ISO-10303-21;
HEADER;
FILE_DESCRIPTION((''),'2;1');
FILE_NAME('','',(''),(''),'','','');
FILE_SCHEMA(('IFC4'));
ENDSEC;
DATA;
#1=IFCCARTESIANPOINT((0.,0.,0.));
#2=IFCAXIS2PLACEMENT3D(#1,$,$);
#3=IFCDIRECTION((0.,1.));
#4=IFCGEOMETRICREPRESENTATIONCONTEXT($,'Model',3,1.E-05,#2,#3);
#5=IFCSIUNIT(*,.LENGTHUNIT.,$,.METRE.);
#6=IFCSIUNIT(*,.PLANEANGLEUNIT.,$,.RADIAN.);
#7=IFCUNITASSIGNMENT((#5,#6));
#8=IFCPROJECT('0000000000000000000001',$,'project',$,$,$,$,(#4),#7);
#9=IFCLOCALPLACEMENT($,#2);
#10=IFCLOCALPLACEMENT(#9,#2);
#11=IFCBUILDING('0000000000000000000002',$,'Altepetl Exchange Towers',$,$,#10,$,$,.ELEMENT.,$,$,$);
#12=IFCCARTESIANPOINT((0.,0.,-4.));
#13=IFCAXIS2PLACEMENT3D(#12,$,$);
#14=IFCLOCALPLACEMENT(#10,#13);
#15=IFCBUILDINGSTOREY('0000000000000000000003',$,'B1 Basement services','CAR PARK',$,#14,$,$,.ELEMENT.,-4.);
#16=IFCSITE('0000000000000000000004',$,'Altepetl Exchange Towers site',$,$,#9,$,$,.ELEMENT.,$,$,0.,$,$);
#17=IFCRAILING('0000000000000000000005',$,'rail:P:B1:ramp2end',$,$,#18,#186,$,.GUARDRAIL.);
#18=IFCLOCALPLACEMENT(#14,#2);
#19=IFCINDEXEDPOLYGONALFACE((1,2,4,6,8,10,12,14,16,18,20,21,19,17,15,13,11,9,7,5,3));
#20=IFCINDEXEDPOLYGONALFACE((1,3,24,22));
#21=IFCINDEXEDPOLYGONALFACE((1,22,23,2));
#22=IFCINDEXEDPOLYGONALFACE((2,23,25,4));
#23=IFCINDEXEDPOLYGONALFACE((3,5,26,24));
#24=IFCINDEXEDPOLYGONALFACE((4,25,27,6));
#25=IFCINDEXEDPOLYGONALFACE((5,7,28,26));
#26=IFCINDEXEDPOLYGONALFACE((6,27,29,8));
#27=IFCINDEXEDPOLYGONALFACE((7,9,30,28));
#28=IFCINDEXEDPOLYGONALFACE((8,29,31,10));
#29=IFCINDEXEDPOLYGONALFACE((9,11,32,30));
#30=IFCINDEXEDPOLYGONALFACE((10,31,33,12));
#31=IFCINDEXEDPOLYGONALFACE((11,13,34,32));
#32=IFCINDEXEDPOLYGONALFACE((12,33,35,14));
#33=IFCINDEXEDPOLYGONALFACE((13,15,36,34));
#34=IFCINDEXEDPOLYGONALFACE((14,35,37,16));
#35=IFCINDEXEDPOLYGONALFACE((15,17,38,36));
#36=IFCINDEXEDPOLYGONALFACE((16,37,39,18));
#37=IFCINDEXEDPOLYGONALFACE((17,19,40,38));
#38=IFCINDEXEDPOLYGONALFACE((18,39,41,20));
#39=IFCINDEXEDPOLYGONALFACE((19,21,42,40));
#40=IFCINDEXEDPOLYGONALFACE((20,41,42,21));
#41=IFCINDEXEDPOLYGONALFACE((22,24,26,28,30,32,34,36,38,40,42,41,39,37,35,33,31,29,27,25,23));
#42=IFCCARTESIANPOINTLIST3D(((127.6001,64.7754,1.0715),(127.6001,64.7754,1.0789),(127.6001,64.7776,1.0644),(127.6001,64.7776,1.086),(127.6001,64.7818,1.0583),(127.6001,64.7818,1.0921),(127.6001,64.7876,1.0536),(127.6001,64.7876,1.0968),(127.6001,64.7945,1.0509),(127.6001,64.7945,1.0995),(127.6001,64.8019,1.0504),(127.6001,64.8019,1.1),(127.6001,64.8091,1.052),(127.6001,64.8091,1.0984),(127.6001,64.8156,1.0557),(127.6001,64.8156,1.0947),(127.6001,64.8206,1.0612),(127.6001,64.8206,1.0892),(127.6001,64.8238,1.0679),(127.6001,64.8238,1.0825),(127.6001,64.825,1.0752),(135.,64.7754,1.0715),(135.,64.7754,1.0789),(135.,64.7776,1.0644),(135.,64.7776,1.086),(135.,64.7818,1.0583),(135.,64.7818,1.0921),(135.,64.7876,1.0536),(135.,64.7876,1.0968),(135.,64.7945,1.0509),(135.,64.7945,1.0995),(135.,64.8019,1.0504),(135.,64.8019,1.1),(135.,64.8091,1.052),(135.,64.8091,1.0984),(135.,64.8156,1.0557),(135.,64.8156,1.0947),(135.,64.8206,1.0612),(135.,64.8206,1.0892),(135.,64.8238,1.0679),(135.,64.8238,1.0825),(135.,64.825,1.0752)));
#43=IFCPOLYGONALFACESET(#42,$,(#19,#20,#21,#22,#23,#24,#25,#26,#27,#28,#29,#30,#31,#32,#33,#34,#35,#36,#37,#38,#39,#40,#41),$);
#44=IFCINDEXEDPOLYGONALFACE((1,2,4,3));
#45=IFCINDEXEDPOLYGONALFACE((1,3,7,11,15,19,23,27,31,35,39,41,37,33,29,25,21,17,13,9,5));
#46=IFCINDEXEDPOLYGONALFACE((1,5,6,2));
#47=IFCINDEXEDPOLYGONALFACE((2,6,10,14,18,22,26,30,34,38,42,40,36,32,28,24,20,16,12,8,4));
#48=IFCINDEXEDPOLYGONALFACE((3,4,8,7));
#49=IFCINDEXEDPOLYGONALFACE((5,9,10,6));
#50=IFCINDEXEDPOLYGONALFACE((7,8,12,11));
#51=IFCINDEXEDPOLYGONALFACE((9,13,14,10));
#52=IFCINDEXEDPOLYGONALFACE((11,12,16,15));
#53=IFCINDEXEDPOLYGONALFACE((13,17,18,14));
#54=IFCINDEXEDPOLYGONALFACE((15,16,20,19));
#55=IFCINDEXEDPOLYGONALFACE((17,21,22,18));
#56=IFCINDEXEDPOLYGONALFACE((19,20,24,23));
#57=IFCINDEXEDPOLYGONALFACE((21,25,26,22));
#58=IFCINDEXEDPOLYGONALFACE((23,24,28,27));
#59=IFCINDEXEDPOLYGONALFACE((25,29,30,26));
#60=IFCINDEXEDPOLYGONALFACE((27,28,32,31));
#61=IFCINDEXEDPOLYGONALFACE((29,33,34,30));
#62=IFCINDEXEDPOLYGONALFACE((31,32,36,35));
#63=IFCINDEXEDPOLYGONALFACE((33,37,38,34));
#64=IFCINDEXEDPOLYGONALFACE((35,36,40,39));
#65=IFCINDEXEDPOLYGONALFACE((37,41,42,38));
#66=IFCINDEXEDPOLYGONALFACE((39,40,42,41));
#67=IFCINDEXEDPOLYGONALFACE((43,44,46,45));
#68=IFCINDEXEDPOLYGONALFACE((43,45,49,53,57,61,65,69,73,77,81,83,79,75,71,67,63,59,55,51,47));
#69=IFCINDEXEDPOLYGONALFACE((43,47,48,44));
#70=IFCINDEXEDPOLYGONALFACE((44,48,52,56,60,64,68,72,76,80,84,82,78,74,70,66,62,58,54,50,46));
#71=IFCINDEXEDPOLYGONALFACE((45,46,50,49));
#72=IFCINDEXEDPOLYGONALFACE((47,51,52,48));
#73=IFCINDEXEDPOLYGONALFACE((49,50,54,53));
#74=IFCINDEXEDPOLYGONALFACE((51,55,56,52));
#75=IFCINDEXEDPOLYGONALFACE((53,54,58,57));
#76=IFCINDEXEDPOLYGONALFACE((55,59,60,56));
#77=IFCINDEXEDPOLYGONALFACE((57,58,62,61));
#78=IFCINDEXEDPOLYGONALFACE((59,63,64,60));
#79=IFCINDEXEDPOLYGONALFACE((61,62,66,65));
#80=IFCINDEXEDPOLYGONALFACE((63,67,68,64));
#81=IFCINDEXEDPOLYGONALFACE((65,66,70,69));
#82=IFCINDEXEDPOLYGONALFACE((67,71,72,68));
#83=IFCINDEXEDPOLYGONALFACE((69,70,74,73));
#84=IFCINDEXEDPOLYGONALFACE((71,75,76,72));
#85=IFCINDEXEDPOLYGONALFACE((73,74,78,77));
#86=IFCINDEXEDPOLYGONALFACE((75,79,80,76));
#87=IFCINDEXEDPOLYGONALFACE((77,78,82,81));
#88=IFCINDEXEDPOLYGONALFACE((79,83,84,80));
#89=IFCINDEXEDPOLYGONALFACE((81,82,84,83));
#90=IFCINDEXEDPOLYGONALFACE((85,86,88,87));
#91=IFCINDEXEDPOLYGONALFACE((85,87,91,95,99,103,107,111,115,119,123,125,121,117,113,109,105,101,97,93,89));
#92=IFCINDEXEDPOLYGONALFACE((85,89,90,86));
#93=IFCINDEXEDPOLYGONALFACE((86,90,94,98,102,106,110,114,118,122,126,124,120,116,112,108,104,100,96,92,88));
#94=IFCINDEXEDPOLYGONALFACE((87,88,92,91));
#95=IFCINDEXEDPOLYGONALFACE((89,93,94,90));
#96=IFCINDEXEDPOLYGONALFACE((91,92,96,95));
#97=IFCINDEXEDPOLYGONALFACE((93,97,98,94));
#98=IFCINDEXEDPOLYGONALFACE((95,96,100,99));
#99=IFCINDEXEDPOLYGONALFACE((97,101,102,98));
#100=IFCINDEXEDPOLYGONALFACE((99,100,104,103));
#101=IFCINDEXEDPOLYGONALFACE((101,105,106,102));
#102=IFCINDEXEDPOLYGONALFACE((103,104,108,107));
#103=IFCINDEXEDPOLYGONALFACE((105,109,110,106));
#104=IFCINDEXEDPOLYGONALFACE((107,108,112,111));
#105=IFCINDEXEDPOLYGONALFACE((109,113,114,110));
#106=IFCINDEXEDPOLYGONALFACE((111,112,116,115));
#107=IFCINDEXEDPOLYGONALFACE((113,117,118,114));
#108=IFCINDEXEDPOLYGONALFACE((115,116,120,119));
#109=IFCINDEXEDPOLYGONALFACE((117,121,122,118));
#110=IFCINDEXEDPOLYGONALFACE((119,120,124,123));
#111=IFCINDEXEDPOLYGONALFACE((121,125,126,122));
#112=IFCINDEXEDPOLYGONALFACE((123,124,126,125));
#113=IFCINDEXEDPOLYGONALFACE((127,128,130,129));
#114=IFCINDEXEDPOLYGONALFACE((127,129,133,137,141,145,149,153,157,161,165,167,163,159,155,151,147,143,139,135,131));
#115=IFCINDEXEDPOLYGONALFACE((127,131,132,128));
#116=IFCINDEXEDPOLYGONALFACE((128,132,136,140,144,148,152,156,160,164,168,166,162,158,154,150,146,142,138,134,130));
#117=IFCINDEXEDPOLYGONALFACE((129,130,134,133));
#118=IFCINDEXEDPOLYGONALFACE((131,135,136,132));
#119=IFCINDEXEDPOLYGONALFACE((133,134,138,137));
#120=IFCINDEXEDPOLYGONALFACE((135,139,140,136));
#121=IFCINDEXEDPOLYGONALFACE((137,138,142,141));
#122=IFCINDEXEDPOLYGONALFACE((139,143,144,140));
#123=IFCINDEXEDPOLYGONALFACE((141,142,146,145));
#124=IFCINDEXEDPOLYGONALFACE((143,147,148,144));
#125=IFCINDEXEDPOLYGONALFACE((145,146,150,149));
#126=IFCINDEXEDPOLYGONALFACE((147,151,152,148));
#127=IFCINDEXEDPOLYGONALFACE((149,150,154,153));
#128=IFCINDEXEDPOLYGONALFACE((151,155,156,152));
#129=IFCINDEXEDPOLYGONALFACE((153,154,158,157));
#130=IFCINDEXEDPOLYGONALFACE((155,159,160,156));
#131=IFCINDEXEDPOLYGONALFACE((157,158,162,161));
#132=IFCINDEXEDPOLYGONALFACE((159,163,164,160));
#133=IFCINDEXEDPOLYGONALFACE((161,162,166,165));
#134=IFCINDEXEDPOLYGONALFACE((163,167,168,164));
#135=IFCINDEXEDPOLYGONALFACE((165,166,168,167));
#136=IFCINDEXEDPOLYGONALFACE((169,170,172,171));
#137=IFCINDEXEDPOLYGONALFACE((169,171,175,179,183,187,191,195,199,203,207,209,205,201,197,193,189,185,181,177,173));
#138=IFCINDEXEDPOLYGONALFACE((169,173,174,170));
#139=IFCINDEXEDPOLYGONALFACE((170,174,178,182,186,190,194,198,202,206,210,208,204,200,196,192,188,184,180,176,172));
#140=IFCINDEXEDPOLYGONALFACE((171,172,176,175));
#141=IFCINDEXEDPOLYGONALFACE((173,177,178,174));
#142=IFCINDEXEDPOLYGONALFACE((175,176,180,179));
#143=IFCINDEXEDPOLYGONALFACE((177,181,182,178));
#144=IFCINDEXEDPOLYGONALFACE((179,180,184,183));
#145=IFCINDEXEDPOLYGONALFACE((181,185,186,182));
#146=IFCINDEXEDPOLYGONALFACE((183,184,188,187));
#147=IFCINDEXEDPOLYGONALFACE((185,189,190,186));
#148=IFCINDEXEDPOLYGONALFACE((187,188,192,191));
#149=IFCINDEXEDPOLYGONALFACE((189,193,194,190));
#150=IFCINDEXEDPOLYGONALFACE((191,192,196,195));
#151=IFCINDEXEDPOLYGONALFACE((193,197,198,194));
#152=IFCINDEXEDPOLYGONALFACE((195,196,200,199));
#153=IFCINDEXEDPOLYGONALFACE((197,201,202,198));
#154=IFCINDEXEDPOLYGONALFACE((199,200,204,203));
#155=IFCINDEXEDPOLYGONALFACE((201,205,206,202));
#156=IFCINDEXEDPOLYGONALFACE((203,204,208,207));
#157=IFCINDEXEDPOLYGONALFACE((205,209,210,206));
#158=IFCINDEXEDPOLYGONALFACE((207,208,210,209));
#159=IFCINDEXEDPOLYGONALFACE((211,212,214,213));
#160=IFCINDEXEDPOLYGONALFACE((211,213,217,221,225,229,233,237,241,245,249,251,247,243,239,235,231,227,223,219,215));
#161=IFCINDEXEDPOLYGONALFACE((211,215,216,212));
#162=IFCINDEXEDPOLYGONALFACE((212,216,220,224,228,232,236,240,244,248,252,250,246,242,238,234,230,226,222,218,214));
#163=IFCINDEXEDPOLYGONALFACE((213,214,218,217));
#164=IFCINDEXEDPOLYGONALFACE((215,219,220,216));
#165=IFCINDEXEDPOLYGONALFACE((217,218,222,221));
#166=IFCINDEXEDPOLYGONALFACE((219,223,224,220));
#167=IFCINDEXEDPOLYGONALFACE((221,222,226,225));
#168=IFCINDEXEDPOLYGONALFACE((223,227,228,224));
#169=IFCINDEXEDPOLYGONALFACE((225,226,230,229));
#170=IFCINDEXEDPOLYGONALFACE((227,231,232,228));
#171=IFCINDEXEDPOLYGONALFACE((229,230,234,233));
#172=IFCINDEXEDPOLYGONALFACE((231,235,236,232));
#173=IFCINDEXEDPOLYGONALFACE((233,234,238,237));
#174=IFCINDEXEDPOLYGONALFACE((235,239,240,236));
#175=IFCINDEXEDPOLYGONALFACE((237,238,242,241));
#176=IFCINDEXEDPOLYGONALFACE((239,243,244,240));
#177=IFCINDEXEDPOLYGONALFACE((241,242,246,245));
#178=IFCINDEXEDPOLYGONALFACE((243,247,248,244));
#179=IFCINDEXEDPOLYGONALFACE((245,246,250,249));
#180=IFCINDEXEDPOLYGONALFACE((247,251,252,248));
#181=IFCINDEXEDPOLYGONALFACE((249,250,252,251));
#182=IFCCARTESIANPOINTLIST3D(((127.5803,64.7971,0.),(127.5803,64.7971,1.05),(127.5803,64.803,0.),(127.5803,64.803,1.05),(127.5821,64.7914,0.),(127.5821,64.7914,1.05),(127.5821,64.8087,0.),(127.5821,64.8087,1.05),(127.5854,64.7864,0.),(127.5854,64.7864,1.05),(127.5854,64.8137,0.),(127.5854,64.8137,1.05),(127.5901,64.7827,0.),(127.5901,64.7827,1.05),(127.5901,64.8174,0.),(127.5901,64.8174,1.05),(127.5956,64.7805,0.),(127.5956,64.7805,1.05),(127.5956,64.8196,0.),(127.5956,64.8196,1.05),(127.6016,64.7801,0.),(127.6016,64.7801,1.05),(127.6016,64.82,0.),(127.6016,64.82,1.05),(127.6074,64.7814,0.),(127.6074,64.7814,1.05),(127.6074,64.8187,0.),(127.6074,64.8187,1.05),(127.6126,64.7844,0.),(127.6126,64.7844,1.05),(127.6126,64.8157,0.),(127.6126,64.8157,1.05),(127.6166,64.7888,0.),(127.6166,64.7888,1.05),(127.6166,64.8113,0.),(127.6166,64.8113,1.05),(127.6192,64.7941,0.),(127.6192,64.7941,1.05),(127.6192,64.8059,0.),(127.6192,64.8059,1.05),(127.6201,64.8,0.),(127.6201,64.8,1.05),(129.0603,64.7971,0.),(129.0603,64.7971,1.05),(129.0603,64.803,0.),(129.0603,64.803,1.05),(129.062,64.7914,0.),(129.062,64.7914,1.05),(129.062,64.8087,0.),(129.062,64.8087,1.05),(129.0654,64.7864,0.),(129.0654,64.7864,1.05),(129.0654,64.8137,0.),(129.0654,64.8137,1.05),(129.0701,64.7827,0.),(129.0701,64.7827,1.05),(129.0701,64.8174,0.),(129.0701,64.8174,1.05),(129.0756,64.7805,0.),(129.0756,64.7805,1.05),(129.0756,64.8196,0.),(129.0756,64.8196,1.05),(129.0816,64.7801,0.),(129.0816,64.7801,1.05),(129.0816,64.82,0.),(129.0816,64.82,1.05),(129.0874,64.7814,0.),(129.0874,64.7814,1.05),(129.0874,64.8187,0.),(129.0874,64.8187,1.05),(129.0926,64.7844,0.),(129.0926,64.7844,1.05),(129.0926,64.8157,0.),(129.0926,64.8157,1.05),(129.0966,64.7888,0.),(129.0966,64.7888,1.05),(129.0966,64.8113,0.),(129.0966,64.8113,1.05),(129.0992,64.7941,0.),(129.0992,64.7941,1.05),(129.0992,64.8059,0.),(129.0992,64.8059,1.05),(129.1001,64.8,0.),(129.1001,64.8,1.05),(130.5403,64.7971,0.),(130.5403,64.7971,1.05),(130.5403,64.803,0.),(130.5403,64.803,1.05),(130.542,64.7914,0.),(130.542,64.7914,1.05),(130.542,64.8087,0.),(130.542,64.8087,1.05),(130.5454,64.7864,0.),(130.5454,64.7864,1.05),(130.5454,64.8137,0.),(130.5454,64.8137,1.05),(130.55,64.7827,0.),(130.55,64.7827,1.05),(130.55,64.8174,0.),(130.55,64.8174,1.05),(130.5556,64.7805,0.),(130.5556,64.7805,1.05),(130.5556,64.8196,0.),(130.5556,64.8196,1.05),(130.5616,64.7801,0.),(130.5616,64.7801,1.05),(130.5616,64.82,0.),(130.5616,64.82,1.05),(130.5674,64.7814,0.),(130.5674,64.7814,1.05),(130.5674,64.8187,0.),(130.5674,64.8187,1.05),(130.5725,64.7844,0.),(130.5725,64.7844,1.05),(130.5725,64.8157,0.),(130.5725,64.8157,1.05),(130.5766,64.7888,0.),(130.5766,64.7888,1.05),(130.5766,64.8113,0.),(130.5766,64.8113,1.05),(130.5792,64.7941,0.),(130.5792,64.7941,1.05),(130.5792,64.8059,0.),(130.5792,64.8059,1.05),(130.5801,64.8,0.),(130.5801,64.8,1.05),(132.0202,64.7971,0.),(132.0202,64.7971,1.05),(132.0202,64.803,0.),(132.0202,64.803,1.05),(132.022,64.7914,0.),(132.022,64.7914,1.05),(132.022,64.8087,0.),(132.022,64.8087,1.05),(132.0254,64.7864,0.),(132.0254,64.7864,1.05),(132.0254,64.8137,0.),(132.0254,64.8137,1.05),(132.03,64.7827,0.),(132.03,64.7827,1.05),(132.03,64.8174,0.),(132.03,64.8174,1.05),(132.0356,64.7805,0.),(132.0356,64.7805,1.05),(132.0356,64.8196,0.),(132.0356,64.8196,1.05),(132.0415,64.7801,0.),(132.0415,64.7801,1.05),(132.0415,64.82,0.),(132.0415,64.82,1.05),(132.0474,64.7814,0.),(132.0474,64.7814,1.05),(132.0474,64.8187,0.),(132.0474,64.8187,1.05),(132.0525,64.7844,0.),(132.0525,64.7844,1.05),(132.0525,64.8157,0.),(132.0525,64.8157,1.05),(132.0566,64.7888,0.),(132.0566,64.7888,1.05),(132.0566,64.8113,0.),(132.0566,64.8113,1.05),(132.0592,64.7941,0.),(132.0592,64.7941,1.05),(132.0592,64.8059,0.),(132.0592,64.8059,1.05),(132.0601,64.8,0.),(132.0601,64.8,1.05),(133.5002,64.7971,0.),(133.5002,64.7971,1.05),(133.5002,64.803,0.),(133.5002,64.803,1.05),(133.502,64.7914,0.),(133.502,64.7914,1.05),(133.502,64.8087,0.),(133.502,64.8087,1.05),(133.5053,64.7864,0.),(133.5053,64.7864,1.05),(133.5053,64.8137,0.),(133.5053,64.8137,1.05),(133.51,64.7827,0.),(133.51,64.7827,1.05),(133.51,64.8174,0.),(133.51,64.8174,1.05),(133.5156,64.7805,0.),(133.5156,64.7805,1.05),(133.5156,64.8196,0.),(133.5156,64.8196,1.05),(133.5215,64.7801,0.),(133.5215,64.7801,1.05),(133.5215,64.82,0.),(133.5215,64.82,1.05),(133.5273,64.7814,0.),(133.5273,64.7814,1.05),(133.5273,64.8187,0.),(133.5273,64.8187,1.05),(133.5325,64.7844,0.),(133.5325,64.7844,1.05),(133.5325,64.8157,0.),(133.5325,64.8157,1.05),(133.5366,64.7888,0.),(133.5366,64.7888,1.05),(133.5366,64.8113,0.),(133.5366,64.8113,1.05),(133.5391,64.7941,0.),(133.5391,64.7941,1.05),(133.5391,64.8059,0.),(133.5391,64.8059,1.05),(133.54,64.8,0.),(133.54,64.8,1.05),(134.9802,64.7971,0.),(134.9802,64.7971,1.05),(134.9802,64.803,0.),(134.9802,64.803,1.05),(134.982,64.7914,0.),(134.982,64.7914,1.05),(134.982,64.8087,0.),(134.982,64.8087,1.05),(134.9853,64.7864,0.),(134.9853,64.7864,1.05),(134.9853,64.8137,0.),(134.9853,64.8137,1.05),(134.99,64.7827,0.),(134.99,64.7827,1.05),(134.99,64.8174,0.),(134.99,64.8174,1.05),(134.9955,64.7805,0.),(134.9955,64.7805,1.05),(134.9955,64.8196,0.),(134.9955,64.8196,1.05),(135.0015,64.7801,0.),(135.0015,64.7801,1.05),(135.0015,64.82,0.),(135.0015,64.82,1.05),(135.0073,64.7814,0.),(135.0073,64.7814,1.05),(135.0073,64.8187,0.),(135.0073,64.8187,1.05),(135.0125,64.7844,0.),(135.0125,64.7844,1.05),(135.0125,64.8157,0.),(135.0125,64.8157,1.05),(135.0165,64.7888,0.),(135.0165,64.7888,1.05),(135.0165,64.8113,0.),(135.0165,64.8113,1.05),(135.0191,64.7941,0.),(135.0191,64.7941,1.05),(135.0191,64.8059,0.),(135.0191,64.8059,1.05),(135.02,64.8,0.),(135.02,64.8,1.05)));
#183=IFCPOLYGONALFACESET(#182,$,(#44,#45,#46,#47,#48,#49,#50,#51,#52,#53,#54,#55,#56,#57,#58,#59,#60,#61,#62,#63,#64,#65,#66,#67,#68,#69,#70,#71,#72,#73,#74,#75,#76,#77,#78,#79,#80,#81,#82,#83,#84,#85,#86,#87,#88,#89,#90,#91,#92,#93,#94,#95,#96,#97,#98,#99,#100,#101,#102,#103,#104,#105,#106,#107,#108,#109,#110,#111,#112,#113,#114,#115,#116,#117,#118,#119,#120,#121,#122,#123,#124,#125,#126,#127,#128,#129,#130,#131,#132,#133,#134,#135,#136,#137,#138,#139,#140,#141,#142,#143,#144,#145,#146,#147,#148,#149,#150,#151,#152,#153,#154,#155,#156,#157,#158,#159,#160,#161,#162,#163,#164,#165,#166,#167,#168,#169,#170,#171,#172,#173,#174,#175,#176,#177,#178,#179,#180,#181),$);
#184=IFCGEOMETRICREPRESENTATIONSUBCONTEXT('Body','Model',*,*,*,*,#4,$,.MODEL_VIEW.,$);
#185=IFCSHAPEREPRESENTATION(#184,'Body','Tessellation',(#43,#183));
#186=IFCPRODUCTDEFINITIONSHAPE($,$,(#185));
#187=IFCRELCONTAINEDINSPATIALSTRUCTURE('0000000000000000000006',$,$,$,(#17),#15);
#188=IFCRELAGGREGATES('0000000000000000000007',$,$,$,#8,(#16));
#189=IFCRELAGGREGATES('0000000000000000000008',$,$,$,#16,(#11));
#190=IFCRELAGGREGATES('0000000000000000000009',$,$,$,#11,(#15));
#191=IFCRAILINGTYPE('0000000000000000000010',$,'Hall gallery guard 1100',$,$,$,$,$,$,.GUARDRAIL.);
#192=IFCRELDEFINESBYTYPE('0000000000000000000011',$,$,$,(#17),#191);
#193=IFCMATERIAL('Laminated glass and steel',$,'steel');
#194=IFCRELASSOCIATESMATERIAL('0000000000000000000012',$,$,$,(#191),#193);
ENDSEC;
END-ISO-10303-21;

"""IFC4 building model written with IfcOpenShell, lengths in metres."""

from ifc_helpers import new_model, si_unit, direction, frame, origin, origin_2d, place, context, subcontext, project, spatial, circle, extrude, source, transform, mapped, material, type_object, element, save


model = new_model("IFC4")

# Units and contexts
model_context = context("Model", 3, precision=1e-05, world=origin(), true_north=direction((0.0, 1.0)))
body_context = subcontext(model_context, "Body", "Model", "MODEL_VIEW")
ifc_project = project(units=[si_unit("LENGTHUNIT", "METRE"), si_unit("PLANEANGLEUNIT", "RADIAN")], contexts=[model_context])

# Site, building, storey
site_placement = place(None, origin())
site = spatial("IfcSite", under=ifc_project, at=site_placement, Name="Altepetl Exchange Towers site", CompositionType="ELEMENT", RefElevation=0.0)
building_placement = place(site_placement, origin())
building = spatial("IfcBuilding", under=site, at=building_placement, Name="Altepetl Exchange Towers", CompositionType="ELEMENT")
storey_placement = place(building_placement, frame((0.0, 0.0, -4.0)))
storey = spatial("IfcBuildingStorey", under=building, at=storey_placement, Name="B1 Basement services", Description="CAR PARK", CompositionType="ELEMENT", Elevation=-4.0)

# Railing
ifc_material_1 = material(Name="Laminated glass and steel", Category="steel")
railing_type = type_object("IfcRailingType", Name="Hall gallery guard 1100", PredefinedType="GUARDRAIL", material=ifc_material_1)
shared_shape = source(origin(), body_context, "Body", "SweptSolid", [
    extrude(circle(Radius=0.02, at=origin_2d()), origin(), (0.0, 0.0, 1.0), 1.05),
])
railing_placement = place(storey_placement, frame((127.6001, 64.8, 0.0)))
element("IfcRailing", 1, at=railing_placement, inside=storey, type_object=railing_type, Name="rail:P:B1:ramp2end", PredefinedType="GUARDRAIL", context=body_context, shape_type="SweptSolid", body=[
    extrude(circle(Radius=0.0249, at=origin_2d()), frame((0.0, 0.0, 1.0752), z_axis=(1.0, 0.0, 0.0), x_axis=(0.0, 1.0, 0.0)), (0.0, 0.0, 1.0), 7.3999),
    mapped(shared_shape, transform((0.0, 0.0, 0.0))),
    mapped(shared_shape, transform((1.48, 0.0, 0.0))),
    mapped(shared_shape, transform((2.96, 0.0, 0.0))),
    mapped(shared_shape, transform((4.4399, 0.0, 0.0))),
    mapped(shared_shape, transform((5.9199, 0.0, 0.0))),
    mapped(shared_shape, transform((7.3999, 0.0, 0.0))),
])

save(model, "model.ifc")
